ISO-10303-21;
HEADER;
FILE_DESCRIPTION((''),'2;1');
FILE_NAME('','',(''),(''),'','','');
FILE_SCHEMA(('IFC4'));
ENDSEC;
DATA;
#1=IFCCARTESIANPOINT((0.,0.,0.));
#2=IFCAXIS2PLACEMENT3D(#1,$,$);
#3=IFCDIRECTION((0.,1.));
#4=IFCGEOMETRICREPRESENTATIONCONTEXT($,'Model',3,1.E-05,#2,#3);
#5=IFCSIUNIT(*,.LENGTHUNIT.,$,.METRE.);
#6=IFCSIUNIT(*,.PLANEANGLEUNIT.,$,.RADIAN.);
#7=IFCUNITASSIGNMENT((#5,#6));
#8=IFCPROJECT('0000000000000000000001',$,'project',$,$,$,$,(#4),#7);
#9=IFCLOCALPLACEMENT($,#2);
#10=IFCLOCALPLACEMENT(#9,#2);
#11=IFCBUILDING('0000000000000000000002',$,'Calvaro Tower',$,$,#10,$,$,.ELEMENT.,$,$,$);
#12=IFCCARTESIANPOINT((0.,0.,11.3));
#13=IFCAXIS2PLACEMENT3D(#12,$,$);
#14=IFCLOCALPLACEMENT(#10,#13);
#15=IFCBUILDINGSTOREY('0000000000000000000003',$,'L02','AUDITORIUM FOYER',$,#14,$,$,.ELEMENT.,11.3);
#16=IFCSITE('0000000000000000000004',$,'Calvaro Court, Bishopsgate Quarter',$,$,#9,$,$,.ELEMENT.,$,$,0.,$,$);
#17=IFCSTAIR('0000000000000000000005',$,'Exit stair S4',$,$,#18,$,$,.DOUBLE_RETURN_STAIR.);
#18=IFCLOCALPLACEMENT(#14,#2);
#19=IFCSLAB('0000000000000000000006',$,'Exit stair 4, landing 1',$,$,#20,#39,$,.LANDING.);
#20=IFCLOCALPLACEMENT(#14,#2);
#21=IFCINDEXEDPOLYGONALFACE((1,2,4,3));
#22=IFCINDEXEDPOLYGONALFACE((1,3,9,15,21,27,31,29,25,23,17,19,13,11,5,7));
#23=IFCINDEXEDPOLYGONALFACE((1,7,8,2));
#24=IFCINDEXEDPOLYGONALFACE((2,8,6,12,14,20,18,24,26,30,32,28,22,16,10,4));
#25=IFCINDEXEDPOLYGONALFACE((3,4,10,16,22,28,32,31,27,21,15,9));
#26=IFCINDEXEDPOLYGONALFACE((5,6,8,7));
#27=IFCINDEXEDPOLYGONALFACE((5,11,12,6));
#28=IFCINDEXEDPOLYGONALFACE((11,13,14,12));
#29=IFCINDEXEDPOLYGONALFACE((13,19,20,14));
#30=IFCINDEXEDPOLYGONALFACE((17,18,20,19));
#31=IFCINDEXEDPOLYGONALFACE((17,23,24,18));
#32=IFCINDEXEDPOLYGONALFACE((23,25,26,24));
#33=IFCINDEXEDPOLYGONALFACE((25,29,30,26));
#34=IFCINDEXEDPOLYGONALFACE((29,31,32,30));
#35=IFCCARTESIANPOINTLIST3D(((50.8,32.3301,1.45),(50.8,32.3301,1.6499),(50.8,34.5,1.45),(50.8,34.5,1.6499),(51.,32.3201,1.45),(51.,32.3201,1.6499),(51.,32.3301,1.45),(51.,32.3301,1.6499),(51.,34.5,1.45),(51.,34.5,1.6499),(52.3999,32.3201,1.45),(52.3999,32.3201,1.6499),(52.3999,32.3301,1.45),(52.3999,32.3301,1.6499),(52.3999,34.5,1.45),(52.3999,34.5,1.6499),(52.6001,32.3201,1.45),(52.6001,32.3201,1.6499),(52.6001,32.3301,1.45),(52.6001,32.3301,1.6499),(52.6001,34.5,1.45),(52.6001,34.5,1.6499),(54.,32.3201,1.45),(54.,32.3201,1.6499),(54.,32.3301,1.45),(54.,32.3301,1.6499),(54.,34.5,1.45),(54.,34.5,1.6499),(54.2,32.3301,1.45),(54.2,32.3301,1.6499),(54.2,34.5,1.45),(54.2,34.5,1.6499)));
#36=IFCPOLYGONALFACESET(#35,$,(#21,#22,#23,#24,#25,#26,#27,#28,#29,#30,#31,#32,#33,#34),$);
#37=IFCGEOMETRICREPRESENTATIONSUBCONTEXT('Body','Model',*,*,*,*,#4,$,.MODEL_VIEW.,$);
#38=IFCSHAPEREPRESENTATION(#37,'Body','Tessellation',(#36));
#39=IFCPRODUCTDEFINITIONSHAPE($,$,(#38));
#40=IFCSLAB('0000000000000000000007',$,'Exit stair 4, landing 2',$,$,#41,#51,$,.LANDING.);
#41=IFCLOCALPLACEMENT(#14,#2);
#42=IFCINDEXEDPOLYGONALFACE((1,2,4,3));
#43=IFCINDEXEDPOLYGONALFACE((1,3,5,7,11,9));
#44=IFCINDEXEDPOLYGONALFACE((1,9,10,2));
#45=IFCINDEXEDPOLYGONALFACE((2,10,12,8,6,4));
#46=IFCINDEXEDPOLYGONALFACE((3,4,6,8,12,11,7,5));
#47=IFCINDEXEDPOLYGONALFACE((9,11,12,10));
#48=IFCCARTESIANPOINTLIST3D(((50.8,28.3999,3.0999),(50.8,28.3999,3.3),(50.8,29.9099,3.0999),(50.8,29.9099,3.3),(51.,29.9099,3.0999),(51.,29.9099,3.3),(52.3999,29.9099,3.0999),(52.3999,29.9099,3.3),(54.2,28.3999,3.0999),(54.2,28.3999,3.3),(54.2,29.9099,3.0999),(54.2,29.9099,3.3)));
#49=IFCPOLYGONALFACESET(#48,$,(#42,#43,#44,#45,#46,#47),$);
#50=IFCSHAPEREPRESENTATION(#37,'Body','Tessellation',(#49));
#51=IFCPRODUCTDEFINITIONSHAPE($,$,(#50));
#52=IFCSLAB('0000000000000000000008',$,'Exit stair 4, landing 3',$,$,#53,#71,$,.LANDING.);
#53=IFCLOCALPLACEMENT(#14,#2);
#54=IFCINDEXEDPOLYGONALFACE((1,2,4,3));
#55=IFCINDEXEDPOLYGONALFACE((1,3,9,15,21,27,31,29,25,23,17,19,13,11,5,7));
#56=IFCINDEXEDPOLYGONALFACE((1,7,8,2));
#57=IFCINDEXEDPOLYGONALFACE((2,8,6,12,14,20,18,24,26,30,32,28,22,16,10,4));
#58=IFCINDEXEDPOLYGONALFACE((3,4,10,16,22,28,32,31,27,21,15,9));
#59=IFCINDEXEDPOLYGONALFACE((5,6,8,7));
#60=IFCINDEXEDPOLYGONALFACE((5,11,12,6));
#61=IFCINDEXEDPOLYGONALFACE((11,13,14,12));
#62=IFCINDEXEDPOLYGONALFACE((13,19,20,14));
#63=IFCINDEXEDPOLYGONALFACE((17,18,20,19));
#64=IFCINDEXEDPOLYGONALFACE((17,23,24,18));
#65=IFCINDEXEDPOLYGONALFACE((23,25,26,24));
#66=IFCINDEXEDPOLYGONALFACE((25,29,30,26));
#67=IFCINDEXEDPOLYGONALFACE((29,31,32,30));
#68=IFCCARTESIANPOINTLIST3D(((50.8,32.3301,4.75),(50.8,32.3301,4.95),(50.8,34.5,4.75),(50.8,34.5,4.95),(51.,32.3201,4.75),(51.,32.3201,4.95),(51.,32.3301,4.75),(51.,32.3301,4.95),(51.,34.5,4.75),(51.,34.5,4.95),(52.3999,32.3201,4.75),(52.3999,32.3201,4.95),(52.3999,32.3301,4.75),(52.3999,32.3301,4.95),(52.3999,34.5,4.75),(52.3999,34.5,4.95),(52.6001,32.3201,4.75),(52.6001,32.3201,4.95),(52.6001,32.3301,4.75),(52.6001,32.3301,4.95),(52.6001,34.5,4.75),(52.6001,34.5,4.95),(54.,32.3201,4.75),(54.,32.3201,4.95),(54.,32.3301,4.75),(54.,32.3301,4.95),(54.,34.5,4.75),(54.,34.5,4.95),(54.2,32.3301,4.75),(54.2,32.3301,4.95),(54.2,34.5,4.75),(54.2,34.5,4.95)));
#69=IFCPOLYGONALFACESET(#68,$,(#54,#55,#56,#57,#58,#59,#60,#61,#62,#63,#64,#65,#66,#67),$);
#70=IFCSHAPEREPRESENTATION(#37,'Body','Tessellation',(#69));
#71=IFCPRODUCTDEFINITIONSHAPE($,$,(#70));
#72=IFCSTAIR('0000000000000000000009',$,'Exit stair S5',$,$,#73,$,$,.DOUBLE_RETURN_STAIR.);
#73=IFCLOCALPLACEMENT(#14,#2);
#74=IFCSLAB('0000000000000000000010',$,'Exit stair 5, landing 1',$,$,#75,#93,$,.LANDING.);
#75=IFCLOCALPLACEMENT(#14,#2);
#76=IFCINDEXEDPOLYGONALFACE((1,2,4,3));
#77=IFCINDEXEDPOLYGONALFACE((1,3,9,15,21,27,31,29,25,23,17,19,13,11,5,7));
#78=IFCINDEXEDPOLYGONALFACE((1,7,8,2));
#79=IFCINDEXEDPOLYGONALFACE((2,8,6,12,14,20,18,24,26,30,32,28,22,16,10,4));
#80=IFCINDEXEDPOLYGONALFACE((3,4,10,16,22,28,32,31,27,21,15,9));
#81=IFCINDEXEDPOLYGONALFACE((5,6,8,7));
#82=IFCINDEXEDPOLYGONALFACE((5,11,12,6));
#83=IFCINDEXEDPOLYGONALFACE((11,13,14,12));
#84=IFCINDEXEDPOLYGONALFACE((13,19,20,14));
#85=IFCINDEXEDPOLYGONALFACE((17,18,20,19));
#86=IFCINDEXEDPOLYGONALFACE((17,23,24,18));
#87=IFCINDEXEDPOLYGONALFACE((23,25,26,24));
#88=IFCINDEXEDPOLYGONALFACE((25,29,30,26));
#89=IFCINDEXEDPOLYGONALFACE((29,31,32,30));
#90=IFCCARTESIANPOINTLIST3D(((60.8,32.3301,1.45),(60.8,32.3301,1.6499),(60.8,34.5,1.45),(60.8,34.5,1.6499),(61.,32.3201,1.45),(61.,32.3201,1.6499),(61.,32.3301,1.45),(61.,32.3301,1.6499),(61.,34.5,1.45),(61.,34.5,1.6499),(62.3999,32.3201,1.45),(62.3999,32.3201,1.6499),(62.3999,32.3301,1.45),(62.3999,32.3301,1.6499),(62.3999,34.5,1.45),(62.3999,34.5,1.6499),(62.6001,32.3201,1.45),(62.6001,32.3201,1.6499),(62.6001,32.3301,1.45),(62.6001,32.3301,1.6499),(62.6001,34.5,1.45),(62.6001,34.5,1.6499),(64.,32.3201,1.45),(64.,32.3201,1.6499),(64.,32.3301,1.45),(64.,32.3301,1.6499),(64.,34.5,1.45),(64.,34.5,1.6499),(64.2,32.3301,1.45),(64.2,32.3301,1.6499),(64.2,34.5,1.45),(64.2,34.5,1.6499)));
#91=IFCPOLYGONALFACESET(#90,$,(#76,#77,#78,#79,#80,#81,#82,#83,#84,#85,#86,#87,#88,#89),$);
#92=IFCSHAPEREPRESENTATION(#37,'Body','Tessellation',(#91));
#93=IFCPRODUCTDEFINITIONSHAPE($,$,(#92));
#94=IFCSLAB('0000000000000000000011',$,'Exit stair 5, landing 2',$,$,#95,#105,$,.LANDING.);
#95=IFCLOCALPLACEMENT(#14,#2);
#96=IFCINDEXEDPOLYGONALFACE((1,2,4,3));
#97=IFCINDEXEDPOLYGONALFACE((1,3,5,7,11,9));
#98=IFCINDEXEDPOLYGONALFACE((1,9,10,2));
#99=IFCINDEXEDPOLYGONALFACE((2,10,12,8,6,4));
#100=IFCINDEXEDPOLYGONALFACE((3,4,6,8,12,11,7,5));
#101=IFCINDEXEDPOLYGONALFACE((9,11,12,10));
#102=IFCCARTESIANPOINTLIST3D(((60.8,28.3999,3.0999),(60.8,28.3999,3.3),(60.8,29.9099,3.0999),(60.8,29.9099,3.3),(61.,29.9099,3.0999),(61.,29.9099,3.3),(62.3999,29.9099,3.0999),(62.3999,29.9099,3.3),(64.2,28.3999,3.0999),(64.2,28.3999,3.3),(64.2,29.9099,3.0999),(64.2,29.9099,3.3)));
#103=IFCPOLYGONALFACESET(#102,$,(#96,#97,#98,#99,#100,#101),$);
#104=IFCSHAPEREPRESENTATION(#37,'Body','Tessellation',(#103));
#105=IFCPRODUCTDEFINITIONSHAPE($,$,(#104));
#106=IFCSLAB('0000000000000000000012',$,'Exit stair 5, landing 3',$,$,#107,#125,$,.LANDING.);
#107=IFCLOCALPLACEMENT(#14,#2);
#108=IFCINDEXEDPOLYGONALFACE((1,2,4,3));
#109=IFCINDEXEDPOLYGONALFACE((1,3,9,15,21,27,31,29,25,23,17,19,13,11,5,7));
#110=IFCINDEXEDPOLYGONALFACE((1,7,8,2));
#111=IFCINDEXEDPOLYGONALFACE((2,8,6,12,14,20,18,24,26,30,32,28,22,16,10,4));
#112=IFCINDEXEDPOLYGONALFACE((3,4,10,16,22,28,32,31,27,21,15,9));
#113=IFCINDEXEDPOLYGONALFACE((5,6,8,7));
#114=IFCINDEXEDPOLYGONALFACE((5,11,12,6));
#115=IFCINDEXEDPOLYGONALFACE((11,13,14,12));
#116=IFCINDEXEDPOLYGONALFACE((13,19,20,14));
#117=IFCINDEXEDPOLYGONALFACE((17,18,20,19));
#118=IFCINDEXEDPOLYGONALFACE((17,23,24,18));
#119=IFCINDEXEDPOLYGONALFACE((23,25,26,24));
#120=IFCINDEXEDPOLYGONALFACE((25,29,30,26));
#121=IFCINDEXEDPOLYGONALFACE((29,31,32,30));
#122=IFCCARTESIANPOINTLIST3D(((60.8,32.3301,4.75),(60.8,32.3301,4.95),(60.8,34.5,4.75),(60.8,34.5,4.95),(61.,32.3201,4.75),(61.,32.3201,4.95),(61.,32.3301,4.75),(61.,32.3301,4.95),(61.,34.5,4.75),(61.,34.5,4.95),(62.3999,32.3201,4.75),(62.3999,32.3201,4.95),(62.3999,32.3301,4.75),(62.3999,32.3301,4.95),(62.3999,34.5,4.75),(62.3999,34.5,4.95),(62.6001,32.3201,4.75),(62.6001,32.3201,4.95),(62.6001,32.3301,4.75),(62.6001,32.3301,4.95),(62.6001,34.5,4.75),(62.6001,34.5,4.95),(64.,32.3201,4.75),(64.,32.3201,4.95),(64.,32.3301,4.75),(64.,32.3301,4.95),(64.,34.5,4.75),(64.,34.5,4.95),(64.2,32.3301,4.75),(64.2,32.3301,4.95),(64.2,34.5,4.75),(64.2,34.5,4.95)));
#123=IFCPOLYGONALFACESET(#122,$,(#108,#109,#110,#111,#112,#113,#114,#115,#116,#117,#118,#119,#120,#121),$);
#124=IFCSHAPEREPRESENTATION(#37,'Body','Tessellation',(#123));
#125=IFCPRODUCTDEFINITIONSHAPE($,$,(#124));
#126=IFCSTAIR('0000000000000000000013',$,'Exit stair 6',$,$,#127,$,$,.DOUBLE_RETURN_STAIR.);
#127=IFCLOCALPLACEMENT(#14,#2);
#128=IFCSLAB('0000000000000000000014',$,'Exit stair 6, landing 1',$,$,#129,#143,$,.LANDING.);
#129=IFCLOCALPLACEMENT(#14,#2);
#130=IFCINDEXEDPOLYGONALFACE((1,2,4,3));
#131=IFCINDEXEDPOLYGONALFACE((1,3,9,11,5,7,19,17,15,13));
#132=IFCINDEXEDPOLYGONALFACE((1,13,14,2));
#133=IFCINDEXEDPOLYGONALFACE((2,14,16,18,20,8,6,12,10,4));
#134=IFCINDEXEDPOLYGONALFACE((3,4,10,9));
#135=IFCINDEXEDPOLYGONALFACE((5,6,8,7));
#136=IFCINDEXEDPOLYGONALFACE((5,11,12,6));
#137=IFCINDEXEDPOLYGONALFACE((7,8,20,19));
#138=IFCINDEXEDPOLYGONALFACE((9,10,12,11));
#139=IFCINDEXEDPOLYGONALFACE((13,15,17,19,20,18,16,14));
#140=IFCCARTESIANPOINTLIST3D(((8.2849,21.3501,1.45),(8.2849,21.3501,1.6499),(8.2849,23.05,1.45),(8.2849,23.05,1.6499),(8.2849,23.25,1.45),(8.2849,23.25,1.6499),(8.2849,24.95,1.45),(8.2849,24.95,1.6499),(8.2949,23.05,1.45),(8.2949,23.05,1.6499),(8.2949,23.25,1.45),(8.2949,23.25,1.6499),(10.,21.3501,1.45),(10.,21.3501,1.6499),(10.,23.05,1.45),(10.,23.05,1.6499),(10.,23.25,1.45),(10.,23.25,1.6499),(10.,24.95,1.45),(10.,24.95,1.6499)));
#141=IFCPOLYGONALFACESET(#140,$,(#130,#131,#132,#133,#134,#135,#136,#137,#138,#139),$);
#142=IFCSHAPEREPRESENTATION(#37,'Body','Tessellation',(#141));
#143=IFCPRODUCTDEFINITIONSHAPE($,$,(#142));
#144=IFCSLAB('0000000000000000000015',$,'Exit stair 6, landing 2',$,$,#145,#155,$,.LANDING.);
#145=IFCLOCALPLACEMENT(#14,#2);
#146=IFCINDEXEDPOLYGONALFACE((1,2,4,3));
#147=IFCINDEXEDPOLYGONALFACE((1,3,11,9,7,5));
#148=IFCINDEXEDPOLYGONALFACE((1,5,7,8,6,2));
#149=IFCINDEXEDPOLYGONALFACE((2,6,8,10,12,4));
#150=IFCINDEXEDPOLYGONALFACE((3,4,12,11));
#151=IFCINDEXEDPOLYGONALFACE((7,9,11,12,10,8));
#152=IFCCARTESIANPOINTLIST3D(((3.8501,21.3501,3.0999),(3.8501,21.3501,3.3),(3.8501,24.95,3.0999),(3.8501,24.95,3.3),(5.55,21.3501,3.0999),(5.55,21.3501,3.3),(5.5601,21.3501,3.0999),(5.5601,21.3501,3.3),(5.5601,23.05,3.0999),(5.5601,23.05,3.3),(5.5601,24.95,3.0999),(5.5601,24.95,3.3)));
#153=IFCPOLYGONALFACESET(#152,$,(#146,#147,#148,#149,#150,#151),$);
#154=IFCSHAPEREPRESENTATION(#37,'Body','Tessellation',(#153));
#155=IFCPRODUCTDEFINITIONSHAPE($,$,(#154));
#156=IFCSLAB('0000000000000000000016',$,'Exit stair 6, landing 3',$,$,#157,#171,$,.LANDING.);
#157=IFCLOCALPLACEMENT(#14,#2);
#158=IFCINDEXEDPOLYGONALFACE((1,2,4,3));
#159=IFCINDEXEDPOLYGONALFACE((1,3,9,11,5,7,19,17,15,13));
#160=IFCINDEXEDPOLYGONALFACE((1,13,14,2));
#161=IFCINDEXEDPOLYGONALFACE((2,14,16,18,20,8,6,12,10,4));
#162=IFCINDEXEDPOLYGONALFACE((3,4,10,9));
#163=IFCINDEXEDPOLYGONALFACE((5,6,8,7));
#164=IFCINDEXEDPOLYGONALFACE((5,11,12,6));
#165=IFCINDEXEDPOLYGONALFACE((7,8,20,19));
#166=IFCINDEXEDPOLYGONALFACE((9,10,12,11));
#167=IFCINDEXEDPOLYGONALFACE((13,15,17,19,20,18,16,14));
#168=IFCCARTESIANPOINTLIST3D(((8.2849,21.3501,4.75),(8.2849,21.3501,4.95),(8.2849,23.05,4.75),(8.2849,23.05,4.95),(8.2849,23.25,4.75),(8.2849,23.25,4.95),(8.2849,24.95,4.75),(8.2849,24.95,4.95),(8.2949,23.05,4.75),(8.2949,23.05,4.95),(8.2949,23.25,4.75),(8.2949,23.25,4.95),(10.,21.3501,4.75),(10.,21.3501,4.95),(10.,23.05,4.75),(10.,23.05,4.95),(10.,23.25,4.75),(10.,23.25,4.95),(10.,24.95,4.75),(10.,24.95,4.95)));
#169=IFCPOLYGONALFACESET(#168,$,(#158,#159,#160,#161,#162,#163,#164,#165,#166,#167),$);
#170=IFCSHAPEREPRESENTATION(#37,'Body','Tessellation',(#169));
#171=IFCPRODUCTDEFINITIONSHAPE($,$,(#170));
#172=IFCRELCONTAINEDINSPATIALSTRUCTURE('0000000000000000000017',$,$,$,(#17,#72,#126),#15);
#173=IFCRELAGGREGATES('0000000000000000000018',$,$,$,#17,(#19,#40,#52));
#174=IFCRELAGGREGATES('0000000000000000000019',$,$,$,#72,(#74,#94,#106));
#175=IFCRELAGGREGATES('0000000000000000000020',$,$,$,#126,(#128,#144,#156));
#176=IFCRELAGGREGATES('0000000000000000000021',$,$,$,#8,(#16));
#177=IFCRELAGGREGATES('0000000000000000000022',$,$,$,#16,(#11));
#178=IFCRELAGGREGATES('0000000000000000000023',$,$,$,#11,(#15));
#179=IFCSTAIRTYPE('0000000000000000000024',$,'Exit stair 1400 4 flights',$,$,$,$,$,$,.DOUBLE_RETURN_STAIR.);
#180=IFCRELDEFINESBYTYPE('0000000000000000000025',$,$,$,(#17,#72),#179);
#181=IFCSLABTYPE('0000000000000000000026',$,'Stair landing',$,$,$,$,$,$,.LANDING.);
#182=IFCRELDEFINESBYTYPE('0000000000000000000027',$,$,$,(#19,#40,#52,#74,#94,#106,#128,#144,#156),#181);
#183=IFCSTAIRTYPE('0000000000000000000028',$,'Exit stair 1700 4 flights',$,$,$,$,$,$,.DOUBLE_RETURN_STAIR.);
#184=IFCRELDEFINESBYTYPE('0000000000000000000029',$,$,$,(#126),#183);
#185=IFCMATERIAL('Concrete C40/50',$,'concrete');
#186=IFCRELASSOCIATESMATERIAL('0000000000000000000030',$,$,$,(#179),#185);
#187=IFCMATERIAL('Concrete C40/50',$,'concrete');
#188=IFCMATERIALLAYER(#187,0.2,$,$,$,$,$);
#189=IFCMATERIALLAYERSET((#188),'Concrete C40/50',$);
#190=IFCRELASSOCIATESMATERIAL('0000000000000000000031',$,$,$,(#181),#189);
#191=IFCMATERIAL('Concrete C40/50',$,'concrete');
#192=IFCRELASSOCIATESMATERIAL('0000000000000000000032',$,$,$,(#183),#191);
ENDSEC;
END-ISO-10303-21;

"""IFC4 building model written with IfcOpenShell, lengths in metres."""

from ifc_helpers import new_model, si_unit, direction, frame, origin, place, context, subcontext, project, spatial, polyline, outline, extrude, material, layer, layer_set, type_object, element, aggregate, save


model = new_model("IFC4")

# Units and contexts
model_context = context("Model", 3, precision=1e-05, world=origin(), true_north=direction((0.0, 1.0)))
body_context = subcontext(model_context, "Body", "Model", "MODEL_VIEW")
ifc_project = project(units=[si_unit("LENGTHUNIT", "METRE"), si_unit("PLANEANGLEUNIT", "RADIAN")], contexts=[model_context])

# Site, building, storey
site_placement = place(None, origin())
site = spatial("IfcSite", under=ifc_project, at=site_placement, Name="Calvaro Court, Bishopsgate Quarter", CompositionType="ELEMENT", RefElevation=0.0)
building_placement = place(site_placement, origin())
building = spatial("IfcBuilding", under=site, at=building_placement, Name="Calvaro Tower", CompositionType="ELEMENT")
storey_placement = place(building_placement, frame((0.0, 0.0, 11.3)))
storey = spatial("IfcBuildingStorey", under=building, at=storey_placement, Name="L02", Description="AUDITORIUM FOYER", CompositionType="ELEMENT", Elevation=11.3)

# Stairs, slabs
ifc_material_1 = material(Name="Concrete C40/50", Category="concrete")
stair_type_1 = type_object("IfcStairType", Name="Exit stair 1400 4 flights", PredefinedType="DOUBLE_RETURN_STAIR", material=ifc_material_1)
ifc_material_2 = material(Name="Concrete C40/50", Category="concrete")
ifc_layer = layer(ifc_material_2, 0.2)
ifc_layer_set = layer_set([ifc_layer], Name="Concrete C40/50")
slab_type = type_object("IfcSlabType", Name="Stair landing", PredefinedType="LANDING", material=ifc_layer_set)
stair_1_placement = place(storey_placement, origin())
stair_1 = element("IfcStair", 1, at=stair_1_placement, inside=storey, type_object=stair_type_1, Name="Exit stair S4", PredefinedType="DOUBLE_RETURN_STAIR")
slab_1_placement = place(storey_placement, frame((0.0, 0.0, 1.45)))
slab_1 = element("IfcSlab", 2, at=slab_1_placement, type_object=slab_type, Name="Exit stair 4, landing 1", PredefinedType="LANDING", context=body_context, shape_type="SweptSolid", body=[
    extrude(outline(polyline([(52.3999, 32.3201), (51.0, 32.3201), (51.0, 32.3301), (50.8, 32.3301), (50.8, 34.5), (51.0, 34.5), (52.3999, 34.5), (52.6001, 34.5), (54.0, 34.5), (54.2, 34.5), (54.2, 32.3301), (54.0, 32.3301), (54.0, 32.3201), (52.6001, 32.3201), (52.6001, 32.3301), (52.3999, 32.3301), (52.3999, 32.3201)])), origin(), (0.0, 0.0, 1.0), 0.2),
])
slab_2_placement = place(storey_placement, frame((0.0, 0.0, 3.0999)))
slab_2 = element("IfcSlab", 3, at=slab_2_placement, type_object=slab_type, Name="Exit stair 4, landing 2", PredefinedType="LANDING", context=body_context, shape_type="SweptSolid", body=[
    extrude(outline(polyline([(54.2, 29.9099), (54.2, 28.3999), (50.8, 28.3999), (50.8, 29.9099), (51.0, 29.9099), (52.3999, 29.9099), (54.2, 29.9099)])), origin(), (0.0, 0.0, 1.0), 0.2002),
])
slab_3_placement = place(storey_placement, frame((0.0, 0.0, 4.75)))
slab_3 = element("IfcSlab", 4, at=slab_3_placement, type_object=slab_type, Name="Exit stair 4, landing 3", PredefinedType="LANDING", context=body_context, shape_type="SweptSolid", body=[
    extrude(outline(polyline([(52.3999, 32.3201), (51.0, 32.3201), (51.0, 32.3301), (50.8, 32.3301), (50.8, 34.5), (51.0, 34.5), (52.3999, 34.5), (52.6001, 34.5), (54.0, 34.5), (54.2, 34.5), (54.2, 32.3301), (54.0, 32.3301), (54.0, 32.3201), (52.6001, 32.3201), (52.6001, 32.3301), (52.3999, 32.3301), (52.3999, 32.3201)])), origin(), (0.0, 0.0, 1.0), 0.2),
])
aggregate(stair_1, [slab_1, slab_2, slab_3])
stair_2_placement = place(storey_placement, origin())
stair_2 = element("IfcStair", 5, at=stair_2_placement, inside=storey, type_object=stair_type_1, Name="Exit stair S5", PredefinedType="DOUBLE_RETURN_STAIR")
slab_4_placement = place(storey_placement, frame((0.0, 0.0, 1.45)))
slab_4 = element("IfcSlab", 6, at=slab_4_placement, type_object=slab_type, Name="Exit stair 5, landing 1", PredefinedType="LANDING", context=body_context, shape_type="SweptSolid", body=[
    extrude(outline(polyline([(62.3999, 32.3201), (61.0, 32.3201), (61.0, 32.3301), (60.8, 32.3301), (60.8, 34.5), (61.0, 34.5), (62.3999, 34.5), (62.6001, 34.5), (64.0, 34.5), (64.2, 34.5), (64.2, 32.3301), (64.0, 32.3301), (64.0, 32.3201), (62.6001, 32.3201), (62.6001, 32.3301), (62.3999, 32.3301), (62.3999, 32.3201)])), origin(), (0.0, 0.0, 1.0), 0.2),
])
slab_5_placement = place(storey_placement, frame((0.0, 0.0, 3.0999)))
slab_5 = element("IfcSlab", 7, at=slab_5_placement, type_object=slab_type, Name="Exit stair 5, landing 2", PredefinedType="LANDING", context=body_context, shape_type="SweptSolid", body=[
    extrude(outline(polyline([(64.2, 29.9099), (64.2, 28.3999), (60.8, 28.3999), (60.8, 29.9099), (61.0, 29.9099), (62.3999, 29.9099), (64.2, 29.9099)])), origin(), (0.0, 0.0, 1.0), 0.2002),
])
slab_6_placement = place(storey_placement, frame((0.0, 0.0, 4.75)))
slab_6 = element("IfcSlab", 8, at=slab_6_placement, type_object=slab_type, Name="Exit stair 5, landing 3", PredefinedType="LANDING", context=body_context, shape_type="SweptSolid", body=[
    extrude(outline(polyline([(62.3999, 32.3201), (61.0, 32.3201), (61.0, 32.3301), (60.8, 32.3301), (60.8, 34.5), (61.0, 34.5), (62.3999, 34.5), (62.6001, 34.5), (64.0, 34.5), (64.2, 34.5), (64.2, 32.3301), (64.0, 32.3301), (64.0, 32.3201), (62.6001, 32.3201), (62.6001, 32.3301), (62.3999, 32.3301), (62.3999, 32.3201)])), origin(), (0.0, 0.0, 1.0), 0.2),
])
aggregate(stair_2, [slab_4, slab_5, slab_6])
ifc_material_3 = material(Name="Concrete C40/50", Category="concrete")
stair_type_2 = type_object("IfcStairType", Name="Exit stair 1700 4 flights", PredefinedType="DOUBLE_RETURN_STAIR", material=ifc_material_3)
stair_3_placement = place(storey_placement, origin())
stair_3 = element("IfcStair", 9, at=stair_3_placement, inside=storey, type_object=stair_type_2, Name="Exit stair 6", PredefinedType="DOUBLE_RETURN_STAIR")
slab_7_placement = place(storey_placement, frame((0.0, 0.0, 1.45)))
slab_7 = element("IfcSlab", 10, at=slab_7_placement, type_object=slab_type, Name="Exit stair 6, landing 1", PredefinedType="LANDING", context=body_context, shape_type="SweptSolid", body=[
    extrude(outline(polyline([(8.2949, 23.05), (8.2949, 23.25), (8.2849, 23.25), (8.2849, 24.95), (10.0, 24.95), (10.0, 24.95), (10.0, 23.25), (10.0, 23.05), (10.0, 21.3501), (10.0, 21.3501), (8.2849, 21.3501), (8.2849, 23.05), (8.2949, 23.05)])), origin(), (0.0, 0.0, 1.0), 0.2),
])
slab_8_placement = place(storey_placement, frame((0.0, 0.0, 3.0999)))
slab_8 = element("IfcSlab", 11, at=slab_8_placement, type_object=slab_type, Name="Exit stair 6, landing 2", PredefinedType="LANDING", context=body_context, shape_type="SweptSolid", body=[
    extrude(outline(polyline([(5.5601, 23.05), (5.5601, 21.3501), (5.5601, 21.3501), (5.55, 21.3501), (5.55, 21.3501), (3.8501, 21.3501), (3.8501, 24.95), (5.5601, 24.95), (5.5601, 23.05)])), origin(), (0.0, 0.0, 1.0), 0.2002),
])
slab_9_placement = place(storey_placement, frame((0.0, 0.0, 4.75)))
slab_9 = element("IfcSlab", 12, at=slab_9_placement, type_object=slab_type, Name="Exit stair 6, landing 3", PredefinedType="LANDING", context=body_context, shape_type="SweptSolid", body=[
    extrude(outline(polyline([(8.2949, 23.05), (8.2949, 23.25), (8.2849, 23.25), (8.2849, 24.95), (10.0, 24.95), (10.0, 24.95), (10.0, 23.25), (10.0, 23.05), (10.0, 21.3501), (10.0, 21.3501), (8.2849, 21.3501), (8.2849, 23.05), (8.2949, 23.05)])), origin(), (0.0, 0.0, 1.0), 0.2),
])
aggregate(stair_3, [slab_7, slab_8, slab_9])

save(model, "model.ifc")
